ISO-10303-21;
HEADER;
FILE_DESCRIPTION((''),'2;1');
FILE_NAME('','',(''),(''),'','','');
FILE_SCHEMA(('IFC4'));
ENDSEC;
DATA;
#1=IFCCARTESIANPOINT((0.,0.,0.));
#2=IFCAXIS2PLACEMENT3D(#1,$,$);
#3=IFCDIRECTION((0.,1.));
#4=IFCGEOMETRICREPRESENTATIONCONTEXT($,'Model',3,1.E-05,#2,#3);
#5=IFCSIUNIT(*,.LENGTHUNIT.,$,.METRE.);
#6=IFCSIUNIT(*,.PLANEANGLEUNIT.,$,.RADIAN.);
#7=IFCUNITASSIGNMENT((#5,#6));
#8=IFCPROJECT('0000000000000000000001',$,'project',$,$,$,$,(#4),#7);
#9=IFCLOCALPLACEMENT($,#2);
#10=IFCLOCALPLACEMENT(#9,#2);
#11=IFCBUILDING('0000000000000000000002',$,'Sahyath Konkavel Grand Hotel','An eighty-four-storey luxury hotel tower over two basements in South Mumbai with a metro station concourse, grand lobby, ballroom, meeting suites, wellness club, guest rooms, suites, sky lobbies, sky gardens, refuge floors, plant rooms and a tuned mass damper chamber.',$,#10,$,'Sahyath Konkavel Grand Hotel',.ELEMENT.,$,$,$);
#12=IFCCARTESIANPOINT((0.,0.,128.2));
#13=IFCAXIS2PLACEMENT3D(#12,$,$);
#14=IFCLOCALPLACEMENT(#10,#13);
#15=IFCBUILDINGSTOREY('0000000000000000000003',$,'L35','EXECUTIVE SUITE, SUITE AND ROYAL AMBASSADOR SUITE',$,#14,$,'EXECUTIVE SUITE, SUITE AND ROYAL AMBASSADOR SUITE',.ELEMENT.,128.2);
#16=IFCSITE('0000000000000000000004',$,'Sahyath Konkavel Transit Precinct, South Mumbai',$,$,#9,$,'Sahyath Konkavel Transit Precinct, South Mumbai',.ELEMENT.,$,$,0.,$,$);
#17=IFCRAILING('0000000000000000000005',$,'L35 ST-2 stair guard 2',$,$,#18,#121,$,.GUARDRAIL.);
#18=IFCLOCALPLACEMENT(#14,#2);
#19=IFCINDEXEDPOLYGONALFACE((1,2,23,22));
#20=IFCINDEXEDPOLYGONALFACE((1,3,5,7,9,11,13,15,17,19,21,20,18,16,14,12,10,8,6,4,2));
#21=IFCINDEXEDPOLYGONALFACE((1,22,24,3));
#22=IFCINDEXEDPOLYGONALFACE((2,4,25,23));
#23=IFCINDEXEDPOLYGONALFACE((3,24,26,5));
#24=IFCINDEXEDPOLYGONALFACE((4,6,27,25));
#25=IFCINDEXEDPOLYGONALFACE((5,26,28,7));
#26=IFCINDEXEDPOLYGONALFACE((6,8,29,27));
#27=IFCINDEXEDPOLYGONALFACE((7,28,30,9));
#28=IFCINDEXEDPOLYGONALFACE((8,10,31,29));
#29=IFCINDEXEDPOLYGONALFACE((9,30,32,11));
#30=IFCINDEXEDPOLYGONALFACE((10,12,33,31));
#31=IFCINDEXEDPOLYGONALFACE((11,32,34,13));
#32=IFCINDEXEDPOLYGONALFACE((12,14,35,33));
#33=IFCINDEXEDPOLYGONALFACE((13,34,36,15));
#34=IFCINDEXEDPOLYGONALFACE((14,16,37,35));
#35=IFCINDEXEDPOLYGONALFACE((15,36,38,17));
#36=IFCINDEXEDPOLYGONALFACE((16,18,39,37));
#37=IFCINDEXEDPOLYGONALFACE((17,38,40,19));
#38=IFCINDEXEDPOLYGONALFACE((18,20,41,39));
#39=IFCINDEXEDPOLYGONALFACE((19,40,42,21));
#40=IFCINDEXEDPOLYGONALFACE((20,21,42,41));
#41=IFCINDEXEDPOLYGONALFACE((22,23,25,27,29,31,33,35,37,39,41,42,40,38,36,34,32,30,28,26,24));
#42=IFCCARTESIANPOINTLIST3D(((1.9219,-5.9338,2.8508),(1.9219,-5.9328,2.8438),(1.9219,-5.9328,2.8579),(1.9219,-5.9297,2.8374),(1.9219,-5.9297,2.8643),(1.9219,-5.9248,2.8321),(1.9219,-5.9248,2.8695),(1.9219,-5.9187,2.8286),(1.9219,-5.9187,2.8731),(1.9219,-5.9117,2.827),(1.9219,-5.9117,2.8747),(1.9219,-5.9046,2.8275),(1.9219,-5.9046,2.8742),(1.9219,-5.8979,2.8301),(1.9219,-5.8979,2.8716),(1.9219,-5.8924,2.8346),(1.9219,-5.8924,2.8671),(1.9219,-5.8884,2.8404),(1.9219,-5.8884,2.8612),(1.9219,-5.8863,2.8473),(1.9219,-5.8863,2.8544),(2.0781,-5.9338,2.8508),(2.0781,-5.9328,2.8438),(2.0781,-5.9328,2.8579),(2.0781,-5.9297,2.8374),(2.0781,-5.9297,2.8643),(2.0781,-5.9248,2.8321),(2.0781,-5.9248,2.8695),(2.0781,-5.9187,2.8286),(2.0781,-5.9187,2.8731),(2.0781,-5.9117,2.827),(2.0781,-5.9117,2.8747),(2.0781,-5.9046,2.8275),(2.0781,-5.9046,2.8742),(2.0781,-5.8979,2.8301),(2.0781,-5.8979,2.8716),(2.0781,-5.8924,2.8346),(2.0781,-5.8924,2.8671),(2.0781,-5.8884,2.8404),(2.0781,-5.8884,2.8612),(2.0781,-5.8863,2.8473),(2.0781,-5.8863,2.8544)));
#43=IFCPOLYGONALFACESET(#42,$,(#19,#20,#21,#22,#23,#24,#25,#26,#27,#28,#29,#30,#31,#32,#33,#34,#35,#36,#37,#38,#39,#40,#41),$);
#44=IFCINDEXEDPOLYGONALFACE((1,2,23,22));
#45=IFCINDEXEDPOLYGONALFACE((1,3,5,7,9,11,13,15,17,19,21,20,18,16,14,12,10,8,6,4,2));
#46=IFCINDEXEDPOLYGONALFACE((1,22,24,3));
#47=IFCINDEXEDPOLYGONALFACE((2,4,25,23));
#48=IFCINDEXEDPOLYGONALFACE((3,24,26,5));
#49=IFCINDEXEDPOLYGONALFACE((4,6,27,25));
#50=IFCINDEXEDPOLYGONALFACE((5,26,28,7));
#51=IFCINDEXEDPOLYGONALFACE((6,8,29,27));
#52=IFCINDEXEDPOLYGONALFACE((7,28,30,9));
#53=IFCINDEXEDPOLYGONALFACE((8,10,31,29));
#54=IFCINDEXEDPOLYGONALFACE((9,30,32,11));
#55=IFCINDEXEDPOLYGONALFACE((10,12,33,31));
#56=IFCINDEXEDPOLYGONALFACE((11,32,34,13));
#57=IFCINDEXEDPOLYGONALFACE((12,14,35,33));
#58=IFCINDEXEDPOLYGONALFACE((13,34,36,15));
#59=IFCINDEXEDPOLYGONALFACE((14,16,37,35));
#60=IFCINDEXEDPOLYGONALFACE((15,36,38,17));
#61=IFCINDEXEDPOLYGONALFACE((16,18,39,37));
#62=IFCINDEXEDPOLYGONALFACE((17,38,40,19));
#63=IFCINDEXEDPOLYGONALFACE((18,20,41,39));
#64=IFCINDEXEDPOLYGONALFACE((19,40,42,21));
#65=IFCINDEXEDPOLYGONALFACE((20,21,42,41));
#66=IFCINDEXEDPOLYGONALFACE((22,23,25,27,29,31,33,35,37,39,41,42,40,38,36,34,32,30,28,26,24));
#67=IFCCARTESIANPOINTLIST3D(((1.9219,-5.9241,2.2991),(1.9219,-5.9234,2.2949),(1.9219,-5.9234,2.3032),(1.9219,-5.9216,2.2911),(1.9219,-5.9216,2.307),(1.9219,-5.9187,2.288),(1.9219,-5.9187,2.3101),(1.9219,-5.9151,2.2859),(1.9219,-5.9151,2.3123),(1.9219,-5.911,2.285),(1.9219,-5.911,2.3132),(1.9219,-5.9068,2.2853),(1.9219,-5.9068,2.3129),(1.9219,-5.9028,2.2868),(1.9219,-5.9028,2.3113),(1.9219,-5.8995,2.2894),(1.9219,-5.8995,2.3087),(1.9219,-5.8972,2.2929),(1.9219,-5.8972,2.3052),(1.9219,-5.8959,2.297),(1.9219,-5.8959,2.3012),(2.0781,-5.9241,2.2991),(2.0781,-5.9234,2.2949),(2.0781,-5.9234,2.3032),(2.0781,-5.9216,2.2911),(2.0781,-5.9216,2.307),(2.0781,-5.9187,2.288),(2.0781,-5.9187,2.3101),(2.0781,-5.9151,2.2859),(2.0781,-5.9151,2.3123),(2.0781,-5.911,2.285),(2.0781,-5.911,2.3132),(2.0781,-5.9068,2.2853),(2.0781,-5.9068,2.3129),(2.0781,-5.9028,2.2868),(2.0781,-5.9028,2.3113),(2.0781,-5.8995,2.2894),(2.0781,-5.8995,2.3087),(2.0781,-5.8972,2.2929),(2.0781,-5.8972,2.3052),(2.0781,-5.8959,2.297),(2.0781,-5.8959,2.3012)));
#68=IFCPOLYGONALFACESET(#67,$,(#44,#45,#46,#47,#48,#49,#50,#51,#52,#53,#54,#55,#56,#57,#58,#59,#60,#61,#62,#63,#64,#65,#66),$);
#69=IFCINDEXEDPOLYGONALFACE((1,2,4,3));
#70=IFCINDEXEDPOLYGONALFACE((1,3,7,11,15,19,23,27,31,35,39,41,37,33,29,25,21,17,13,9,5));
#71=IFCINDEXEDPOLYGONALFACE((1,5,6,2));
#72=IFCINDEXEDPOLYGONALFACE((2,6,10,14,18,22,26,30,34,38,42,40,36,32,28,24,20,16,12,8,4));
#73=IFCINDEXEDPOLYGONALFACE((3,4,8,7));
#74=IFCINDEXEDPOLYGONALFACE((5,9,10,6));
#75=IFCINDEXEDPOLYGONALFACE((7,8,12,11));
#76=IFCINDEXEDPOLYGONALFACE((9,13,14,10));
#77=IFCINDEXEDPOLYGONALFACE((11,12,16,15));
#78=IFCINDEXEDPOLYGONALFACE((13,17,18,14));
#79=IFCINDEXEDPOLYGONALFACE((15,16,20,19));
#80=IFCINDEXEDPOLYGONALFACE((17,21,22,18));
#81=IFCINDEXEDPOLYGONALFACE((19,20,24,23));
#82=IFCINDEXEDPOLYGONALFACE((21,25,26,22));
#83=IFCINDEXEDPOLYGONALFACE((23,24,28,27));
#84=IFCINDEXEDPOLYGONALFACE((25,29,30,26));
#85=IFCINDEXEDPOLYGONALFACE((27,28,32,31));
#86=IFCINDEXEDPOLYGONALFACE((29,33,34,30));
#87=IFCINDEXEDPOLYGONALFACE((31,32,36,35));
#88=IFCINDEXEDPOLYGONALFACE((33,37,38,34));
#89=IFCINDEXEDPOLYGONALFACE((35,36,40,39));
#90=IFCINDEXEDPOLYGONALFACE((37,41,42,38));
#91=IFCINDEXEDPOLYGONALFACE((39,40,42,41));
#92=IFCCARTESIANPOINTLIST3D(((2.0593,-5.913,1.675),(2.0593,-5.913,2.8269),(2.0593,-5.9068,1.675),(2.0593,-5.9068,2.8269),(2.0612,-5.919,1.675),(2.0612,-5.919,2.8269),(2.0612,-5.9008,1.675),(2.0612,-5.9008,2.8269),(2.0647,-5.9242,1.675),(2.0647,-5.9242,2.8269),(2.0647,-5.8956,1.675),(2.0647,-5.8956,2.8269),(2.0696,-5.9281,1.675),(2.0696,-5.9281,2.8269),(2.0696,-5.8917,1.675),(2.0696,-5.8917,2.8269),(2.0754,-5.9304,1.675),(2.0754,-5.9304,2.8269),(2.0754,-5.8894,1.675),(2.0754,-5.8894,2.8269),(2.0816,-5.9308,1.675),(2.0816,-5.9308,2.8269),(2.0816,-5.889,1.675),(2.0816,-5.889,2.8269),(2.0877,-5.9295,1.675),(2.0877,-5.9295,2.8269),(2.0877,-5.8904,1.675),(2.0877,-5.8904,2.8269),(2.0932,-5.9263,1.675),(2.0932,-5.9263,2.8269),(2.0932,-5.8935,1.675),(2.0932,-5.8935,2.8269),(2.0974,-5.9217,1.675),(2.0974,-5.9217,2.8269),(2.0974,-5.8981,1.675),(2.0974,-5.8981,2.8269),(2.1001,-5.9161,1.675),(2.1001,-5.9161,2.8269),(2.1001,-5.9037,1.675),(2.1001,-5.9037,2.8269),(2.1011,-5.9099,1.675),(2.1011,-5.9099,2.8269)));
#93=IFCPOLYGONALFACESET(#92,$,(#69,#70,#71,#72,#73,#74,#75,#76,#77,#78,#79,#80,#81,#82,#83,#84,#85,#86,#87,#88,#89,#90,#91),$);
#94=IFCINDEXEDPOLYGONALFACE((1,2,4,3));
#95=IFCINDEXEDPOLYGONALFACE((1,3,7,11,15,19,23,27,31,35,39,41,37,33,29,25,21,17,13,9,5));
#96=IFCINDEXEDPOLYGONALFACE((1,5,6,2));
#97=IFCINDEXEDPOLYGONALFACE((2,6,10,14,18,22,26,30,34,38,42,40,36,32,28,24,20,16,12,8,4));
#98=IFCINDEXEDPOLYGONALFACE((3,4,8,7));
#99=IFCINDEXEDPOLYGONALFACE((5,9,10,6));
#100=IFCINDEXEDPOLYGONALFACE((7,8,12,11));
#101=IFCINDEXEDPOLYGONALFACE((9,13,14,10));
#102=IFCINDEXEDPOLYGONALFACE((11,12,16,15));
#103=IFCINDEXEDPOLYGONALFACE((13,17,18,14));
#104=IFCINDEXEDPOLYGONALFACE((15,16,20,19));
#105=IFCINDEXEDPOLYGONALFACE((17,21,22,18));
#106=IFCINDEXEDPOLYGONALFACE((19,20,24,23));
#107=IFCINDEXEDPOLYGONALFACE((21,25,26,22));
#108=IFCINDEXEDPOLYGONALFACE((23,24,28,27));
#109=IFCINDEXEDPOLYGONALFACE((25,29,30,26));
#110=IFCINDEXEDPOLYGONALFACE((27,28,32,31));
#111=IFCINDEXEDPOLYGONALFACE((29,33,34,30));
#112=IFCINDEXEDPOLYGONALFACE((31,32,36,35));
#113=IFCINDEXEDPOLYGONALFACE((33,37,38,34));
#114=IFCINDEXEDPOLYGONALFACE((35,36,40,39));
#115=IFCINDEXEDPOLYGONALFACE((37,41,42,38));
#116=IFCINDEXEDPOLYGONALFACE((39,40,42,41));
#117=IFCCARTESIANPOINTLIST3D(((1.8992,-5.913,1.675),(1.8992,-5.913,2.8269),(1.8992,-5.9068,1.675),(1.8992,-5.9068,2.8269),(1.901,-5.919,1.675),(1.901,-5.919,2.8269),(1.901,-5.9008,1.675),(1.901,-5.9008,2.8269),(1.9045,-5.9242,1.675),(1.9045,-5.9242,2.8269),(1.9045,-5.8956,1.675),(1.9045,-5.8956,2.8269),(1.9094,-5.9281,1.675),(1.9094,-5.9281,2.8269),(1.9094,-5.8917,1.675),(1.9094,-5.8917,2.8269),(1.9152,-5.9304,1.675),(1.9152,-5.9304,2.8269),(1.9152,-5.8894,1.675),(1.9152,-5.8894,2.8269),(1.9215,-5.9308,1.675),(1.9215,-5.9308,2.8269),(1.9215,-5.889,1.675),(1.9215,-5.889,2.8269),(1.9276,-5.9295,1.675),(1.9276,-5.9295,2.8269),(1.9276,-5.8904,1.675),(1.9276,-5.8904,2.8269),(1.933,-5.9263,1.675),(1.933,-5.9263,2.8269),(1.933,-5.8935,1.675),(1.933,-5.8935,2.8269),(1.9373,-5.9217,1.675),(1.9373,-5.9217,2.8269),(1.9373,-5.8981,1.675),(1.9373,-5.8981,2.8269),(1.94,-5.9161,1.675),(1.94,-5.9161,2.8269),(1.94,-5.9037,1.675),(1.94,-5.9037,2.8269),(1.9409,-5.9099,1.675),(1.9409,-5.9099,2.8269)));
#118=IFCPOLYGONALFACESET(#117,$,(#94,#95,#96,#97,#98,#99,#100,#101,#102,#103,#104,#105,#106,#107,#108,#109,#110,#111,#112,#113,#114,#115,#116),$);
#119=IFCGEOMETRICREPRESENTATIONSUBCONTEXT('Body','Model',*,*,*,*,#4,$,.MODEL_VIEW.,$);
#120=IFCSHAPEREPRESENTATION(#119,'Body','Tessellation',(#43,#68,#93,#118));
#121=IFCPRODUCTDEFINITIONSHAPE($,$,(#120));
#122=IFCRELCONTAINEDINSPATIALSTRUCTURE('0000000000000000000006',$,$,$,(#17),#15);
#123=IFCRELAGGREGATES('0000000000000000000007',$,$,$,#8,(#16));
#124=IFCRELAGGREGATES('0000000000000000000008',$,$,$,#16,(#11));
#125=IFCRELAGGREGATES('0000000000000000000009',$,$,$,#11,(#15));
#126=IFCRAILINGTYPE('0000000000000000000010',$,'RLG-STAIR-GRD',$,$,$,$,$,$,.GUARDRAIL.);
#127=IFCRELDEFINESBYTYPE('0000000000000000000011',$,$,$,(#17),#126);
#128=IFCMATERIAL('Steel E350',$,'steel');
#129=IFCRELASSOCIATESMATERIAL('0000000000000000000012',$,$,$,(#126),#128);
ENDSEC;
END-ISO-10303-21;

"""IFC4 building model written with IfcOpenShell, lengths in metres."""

from ifc_helpers import new_model, si_unit, direction, frame, origin, origin_2d, place, context, subcontext, project, spatial, circle, extrude, material, type_object, element, save


model = new_model("IFC4")

# Units and contexts
model_context = context("Model", 3, precision=1e-05, world=origin(), true_north=direction((0.0, 1.0)))
body_context = subcontext(model_context, "Body", "Model", "MODEL_VIEW")
ifc_project = project(units=[si_unit("LENGTHUNIT", "METRE"), si_unit("PLANEANGLEUNIT", "RADIAN")], contexts=[model_context])

# Site, building, storey
site_placement = place(None, origin())
site = spatial("IfcSite", under=ifc_project, at=site_placement, Name="Sahyath Konkavel Transit Precinct, South Mumbai", LongName="Sahyath Konkavel Transit Precinct, South Mumbai", CompositionType="ELEMENT", RefElevation=0.0)
building_placement = place(site_placement, origin())
building = spatial("IfcBuilding", under=site, at=building_placement, Name="Sahyath Konkavel Grand Hotel", Description="An eighty-four-storey luxury hotel tower over two basements in South Mumbai with a metro station concourse, grand lobby, ballroom, meeting suites, wellness club, guest rooms, suites, sky lobbies, sky gardens, refuge floors, plant rooms and a tuned mass damper chamber.", LongName="Sahyath Konkavel Grand Hotel", CompositionType="ELEMENT")
storey_placement = place(building_placement, frame((0.0, 0.0, 128.2)))
storey = spatial("IfcBuildingStorey", under=building, at=storey_placement, Name="L35", Description="EXECUTIVE SUITE, SUITE AND ROYAL AMBASSADOR SUITE", LongName="EXECUTIVE SUITE, SUITE AND ROYAL AMBASSADOR SUITE", CompositionType="ELEMENT", Elevation=128.2)

# Shared definitions
ifc_material_1 = material(Name="Steel E350", Category="steel")

# Railing
railing_type_1 = type_object("IfcRailingType", Name="RLG-STAIR-GRD", PredefinedType="GUARDRAIL", material=ifc_material_1)
railing_1_placement = place(storey_placement, frame((2.0801, -5.9099, 1.675)))
element("IfcRailing", 1, at=railing_1_placement, inside=storey, type_object=railing_type_1, Name="L35 ST-2 stair guard 2", PredefinedType="GUARDRAIL", context=body_context, shape_type="SweptSolid", body=[
    extrude(circle(Radius=0.0239, at=origin_2d()), frame((-0.002, 0.0, 1.1758), z_axis=(-1.0, 0.0, 0.0), x_axis=(0.0, -1.0, 0.0)), (0.0, 0.0, 1.0), 0.1562),
    extrude(circle(Radius=0.0142, at=origin_2d()), frame((-0.002, 0.0, 0.624), z_axis=(-1.0, 0.0, 0.0), x_axis=(0.0, -1.0, 0.0)), (0.0, 0.0, 1.0), 0.1562),
    extrude(circle(Radius=0.021, at=origin_2d()), origin(), (0.0, 0.0, 1.0), 1.1519),
    extrude(circle(Radius=0.021, at=origin_2d()), frame((-0.1602, 0.0, 0.0)), (0.0, 0.0, 1.0), 1.1519),
])

save(model, "model.ifc")
